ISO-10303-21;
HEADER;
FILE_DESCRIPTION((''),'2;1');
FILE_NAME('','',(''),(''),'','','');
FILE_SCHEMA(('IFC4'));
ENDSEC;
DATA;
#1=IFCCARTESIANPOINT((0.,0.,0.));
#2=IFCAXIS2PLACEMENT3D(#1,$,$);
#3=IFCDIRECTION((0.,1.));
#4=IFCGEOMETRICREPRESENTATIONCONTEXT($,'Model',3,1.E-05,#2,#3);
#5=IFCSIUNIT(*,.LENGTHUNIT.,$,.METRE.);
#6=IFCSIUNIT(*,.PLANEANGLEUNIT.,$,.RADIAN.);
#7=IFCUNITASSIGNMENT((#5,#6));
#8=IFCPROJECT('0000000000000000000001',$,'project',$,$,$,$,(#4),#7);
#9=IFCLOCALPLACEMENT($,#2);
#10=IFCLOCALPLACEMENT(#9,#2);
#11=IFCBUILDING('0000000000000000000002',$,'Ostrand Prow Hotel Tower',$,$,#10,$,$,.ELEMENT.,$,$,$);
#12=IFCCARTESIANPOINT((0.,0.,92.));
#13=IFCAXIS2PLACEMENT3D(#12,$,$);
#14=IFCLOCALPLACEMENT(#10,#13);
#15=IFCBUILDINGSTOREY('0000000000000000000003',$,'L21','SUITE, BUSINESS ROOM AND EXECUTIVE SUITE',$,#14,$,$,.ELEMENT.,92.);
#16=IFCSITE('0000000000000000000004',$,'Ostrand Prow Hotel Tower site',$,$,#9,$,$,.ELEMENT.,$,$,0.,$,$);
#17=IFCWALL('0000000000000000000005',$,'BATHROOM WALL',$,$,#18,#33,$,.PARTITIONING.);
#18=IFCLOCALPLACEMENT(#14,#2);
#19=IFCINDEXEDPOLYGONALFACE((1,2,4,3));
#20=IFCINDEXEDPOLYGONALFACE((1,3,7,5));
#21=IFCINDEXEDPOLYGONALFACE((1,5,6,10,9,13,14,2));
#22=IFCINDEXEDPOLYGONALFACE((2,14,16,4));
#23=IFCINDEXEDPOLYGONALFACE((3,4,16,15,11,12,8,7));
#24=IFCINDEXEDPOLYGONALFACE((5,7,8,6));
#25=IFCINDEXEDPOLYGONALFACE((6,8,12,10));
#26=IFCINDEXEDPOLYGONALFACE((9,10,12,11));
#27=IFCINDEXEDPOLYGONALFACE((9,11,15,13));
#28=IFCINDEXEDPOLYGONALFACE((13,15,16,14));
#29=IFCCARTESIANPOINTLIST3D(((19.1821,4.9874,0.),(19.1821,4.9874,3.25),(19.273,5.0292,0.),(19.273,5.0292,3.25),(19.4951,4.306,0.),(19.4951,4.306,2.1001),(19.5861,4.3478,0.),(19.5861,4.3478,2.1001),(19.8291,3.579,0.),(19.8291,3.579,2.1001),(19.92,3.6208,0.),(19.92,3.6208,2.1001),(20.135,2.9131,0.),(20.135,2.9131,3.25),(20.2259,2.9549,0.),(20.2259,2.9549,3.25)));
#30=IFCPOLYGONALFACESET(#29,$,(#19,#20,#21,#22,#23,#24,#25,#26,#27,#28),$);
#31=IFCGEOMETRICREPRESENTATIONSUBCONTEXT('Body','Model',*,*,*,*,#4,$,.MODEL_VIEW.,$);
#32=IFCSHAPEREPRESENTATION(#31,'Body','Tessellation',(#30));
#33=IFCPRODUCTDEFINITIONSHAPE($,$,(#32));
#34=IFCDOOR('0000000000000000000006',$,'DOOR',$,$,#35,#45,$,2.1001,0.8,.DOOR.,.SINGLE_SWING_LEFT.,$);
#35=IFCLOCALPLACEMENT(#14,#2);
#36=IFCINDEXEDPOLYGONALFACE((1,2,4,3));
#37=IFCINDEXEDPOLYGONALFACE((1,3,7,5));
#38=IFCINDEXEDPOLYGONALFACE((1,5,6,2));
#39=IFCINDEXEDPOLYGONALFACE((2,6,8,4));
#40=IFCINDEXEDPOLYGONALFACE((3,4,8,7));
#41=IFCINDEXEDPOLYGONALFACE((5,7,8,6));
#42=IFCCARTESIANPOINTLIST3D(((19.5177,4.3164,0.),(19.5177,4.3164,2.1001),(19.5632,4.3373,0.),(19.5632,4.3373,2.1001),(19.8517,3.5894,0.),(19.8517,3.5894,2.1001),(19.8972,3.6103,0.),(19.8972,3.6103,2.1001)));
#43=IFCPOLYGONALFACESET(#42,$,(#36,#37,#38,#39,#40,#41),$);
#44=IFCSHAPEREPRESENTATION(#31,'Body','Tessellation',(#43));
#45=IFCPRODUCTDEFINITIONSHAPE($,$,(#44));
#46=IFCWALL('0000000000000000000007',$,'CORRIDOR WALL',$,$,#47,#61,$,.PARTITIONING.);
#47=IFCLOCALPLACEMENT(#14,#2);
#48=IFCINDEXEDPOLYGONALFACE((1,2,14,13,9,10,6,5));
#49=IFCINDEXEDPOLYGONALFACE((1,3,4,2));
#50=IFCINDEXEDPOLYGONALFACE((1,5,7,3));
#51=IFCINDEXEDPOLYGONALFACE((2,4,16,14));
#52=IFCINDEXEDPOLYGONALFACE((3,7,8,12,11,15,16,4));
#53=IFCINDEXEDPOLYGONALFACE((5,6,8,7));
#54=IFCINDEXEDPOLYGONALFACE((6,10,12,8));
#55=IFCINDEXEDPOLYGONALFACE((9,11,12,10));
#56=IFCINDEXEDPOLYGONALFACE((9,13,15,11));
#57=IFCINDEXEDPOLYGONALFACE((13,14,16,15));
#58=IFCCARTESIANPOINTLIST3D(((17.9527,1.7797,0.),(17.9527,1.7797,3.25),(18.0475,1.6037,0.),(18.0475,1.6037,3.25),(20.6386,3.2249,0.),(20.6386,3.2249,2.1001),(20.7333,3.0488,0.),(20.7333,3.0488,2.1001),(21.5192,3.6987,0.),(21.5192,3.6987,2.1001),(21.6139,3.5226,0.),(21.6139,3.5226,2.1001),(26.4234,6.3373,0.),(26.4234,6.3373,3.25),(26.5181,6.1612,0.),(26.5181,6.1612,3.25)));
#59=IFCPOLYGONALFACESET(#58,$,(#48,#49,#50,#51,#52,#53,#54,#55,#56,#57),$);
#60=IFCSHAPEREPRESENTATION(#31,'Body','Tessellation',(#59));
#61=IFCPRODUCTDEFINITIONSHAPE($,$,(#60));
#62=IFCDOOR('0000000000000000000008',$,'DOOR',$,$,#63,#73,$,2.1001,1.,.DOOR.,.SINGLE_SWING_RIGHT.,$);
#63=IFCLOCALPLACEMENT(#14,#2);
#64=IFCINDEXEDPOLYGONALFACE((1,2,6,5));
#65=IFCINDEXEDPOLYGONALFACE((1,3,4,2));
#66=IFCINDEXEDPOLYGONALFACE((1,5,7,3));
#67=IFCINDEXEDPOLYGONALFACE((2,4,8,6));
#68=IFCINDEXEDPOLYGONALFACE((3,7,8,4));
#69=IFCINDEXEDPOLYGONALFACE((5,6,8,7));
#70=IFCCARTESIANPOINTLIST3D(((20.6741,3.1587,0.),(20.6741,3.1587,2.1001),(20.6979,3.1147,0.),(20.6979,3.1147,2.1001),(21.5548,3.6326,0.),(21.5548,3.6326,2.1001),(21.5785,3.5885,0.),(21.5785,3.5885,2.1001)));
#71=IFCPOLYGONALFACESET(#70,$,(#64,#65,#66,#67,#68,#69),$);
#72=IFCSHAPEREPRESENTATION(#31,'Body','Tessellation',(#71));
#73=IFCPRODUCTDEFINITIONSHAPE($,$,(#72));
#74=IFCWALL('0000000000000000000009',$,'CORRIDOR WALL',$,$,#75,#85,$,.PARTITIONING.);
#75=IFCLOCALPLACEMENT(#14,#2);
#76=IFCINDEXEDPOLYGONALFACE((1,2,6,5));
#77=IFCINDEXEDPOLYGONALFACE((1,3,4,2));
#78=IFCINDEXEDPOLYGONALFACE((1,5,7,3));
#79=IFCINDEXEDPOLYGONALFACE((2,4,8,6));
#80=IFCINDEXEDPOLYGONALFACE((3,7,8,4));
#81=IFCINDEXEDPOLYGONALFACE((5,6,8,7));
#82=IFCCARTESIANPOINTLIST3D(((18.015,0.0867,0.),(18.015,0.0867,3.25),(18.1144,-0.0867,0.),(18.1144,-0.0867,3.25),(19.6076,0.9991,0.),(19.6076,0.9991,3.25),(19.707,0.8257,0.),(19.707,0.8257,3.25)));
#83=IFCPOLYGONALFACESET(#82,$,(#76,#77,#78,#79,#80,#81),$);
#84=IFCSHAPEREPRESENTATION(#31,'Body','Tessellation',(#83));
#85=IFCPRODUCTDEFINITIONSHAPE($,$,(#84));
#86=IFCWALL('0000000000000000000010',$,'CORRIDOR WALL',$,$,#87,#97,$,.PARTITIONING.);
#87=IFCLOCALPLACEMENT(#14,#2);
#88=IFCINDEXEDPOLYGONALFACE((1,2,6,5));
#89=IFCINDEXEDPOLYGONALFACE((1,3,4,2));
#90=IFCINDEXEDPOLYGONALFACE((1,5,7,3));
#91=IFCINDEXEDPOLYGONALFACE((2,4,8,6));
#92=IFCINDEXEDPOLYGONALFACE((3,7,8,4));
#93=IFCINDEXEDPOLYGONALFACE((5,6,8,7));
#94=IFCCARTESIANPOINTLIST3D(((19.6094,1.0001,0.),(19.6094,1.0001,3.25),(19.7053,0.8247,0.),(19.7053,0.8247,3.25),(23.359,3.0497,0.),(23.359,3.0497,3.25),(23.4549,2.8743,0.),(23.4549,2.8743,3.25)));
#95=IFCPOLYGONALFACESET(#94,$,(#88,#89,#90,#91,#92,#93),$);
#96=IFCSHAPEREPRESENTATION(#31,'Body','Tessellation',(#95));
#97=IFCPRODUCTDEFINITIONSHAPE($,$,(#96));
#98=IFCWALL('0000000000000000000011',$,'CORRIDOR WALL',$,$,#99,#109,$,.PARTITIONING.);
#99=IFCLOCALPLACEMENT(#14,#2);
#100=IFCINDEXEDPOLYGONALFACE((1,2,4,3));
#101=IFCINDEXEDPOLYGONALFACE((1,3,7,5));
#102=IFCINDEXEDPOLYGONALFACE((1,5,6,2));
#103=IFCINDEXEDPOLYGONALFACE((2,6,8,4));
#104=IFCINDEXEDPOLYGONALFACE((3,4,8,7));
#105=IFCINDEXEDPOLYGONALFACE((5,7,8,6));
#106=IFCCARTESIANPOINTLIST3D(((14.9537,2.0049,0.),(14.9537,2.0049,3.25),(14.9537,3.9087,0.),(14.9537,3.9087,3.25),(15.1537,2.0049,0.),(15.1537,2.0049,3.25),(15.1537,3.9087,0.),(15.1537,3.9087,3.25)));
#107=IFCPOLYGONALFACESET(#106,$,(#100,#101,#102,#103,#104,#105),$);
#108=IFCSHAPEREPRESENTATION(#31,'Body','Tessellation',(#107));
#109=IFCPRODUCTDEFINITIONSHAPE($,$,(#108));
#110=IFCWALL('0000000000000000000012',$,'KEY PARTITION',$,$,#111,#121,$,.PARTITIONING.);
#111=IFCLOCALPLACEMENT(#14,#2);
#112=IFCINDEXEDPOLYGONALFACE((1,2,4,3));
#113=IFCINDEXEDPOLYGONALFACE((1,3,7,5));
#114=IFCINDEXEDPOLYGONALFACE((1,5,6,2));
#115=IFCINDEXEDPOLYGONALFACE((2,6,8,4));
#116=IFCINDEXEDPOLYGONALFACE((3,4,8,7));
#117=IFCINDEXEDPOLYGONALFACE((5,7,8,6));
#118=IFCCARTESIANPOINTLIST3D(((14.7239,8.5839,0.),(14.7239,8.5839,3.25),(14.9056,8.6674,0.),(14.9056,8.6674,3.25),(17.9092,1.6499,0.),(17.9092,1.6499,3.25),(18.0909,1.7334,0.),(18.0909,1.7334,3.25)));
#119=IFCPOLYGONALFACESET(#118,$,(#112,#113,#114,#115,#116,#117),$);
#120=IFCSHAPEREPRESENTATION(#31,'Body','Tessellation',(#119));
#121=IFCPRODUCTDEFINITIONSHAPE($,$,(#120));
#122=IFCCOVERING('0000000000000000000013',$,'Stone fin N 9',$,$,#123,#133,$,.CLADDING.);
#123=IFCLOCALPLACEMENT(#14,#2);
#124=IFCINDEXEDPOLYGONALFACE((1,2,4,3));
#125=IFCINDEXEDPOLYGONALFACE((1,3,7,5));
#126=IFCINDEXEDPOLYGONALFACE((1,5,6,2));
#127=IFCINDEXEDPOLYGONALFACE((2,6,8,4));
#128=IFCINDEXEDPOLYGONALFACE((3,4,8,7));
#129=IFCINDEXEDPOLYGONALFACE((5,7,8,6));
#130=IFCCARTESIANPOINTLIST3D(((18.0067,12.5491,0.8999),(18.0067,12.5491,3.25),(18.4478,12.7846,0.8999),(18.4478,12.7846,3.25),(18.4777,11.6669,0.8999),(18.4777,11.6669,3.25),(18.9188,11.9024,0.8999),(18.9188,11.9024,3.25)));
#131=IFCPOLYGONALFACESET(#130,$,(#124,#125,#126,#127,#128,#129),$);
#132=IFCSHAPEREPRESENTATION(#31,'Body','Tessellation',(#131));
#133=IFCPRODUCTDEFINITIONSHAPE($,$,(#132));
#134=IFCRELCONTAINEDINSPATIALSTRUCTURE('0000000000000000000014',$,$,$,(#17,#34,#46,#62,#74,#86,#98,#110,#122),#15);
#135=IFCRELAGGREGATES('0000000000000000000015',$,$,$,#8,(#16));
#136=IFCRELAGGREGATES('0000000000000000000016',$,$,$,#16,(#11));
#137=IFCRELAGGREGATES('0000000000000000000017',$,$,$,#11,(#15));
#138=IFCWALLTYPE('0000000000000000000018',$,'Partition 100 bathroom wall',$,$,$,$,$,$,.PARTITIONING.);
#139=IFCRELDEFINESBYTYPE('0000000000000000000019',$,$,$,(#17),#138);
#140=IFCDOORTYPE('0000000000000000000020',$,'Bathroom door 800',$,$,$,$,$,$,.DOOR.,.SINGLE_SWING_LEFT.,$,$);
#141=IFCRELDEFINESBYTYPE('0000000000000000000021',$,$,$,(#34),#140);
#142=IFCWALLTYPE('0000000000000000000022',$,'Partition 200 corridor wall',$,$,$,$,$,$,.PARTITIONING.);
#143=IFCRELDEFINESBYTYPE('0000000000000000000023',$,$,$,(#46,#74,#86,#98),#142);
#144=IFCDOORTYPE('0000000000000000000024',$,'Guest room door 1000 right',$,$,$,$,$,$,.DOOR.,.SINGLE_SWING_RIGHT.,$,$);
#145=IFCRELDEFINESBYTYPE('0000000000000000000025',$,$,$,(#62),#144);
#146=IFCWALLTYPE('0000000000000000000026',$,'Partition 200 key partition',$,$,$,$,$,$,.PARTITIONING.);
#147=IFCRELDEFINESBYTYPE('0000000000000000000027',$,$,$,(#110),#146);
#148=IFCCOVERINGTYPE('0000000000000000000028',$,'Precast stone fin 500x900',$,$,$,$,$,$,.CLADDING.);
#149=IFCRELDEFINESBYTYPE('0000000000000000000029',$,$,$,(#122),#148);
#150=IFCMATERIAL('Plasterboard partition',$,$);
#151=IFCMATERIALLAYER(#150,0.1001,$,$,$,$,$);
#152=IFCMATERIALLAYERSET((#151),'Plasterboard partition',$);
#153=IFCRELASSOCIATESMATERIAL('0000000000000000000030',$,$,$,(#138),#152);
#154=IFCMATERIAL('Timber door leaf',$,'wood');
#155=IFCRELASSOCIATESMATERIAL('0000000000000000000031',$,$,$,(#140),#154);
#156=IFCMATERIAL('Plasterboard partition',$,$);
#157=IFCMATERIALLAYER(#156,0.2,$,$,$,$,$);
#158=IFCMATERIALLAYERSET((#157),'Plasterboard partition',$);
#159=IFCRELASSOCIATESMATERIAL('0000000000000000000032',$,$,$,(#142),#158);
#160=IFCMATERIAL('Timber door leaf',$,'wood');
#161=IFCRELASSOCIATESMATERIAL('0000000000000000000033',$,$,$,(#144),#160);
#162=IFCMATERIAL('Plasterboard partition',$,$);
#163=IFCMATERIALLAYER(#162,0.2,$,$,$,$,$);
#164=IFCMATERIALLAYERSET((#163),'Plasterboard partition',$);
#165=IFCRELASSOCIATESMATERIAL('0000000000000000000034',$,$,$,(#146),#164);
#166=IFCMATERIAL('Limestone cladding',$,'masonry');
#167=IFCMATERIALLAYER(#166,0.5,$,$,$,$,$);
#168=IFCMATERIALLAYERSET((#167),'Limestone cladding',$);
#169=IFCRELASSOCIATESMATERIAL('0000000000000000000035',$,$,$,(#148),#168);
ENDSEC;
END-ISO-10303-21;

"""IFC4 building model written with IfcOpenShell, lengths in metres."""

from ifc_helpers import new_model, si_unit, direction, frame, frame_2d, origin, place, context, subcontext, project, spatial, rectangle, extrude, material, layer, layer_set, type_object, element, fill, save


model = new_model("IFC4")

# Units and contexts
model_context = context("Model", 3, precision=1e-05, world=origin(), true_north=direction((0.0, 1.0)))
body_context = subcontext(model_context, "Body", "Model", "MODEL_VIEW")
ifc_project = project(units=[si_unit("LENGTHUNIT", "METRE"), si_unit("PLANEANGLEUNIT", "RADIAN")], contexts=[model_context])

# Site, building, storey
site_placement = place(None, origin())
site = spatial("IfcSite", under=ifc_project, at=site_placement, Name="Ostrand Prow Hotel Tower site", CompositionType="ELEMENT", RefElevation=0.0)
building_placement = place(site_placement, origin())
building = spatial("IfcBuilding", under=site, at=building_placement, Name="Ostrand Prow Hotel Tower", CompositionType="ELEMENT")
storey_placement = place(building_placement, frame((0.0, 0.0, 92.0)))
storey = spatial("IfcBuildingStorey", under=building, at=storey_placement, Name="L21", Description="SUITE, BUSINESS ROOM AND EXECUTIVE SUITE", CompositionType="ELEMENT", Elevation=92.0)

# Shared definitions
ifc_material_1 = material(Name="Plasterboard partition")
ifc_layer_1 = layer(ifc_material_1, 0.1001)
ifc_layer_set_1 = layer_set([ifc_layer_1], Name="Plasterboard partition")
wall_type_1 = type_object("IfcWallType", Name="Partition 100 bathroom wall", PredefinedType="PARTITIONING", material=ifc_layer_set_1)

# Walls, openings, doors
wall_1_placement = place(storey_placement, frame((19.2275, 5.0083, 0.0), z_axis=(0.0, 0.0, 1.0), x_axis=(0.41745, -0.9087, 0.0)))
wall_1 = element("IfcWall", 1, at=wall_1_placement, inside=storey, type_object=wall_type_1, Name="BATHROOM WALL", PredefinedType="PARTITIONING", context=body_context, shape_type="SweptSolid", body=[
    extrude(rectangle(XDim=2.2827, YDim=0.1001, at=frame_2d((1.1414, 0.0))), origin(), (0.0, 0.0, 1.0), 3.25),
])
opening_1_placement = place(wall_1_placement, frame((0.75, 0.0, 0.0)))
opening_1 = element("IfcOpeningElement", 2, at=opening_1_placement, cuts=wall_1, PredefinedType="OPENING", context=body_context, shape_type="SweptSolid", body=[
    extrude(rectangle(XDim=0.8, YDim=2.1001, at=frame_2d((0.3999, 1.05))), frame((0.0, 0.0601, 0.0), z_axis=(0.0, -1.0, 0.0), x_axis=(1.0, 0.0, 0.0)), (0.0, 0.0, 1.0), 0.1201),
])
ifc_material_2 = material(Name="Timber door leaf", Category="wood")
door_type_1 = type_object("IfcDoorType", Name="Bathroom door 800", OperationType="SINGLE_SWING_LEFT", PredefinedType="DOOR", material=ifc_material_2)
door_1_placement = place(opening_1_placement, origin())
door_1 = element("IfcDoor", 3, at=door_1_placement, inside=storey, type_object=door_type_1, Name="DOOR", OperationType="SINGLE_SWING_LEFT", OverallHeight=2.1001, OverallWidth=0.8, PredefinedType="DOOR", context=body_context, shape_type="SweptSolid", body=[
    extrude(rectangle(XDim=0.8, YDim=2.1001, at=frame_2d((0.3999, 1.05))), frame((0.0, 0.0249, 0.0), z_axis=(0.0, -1.0, 0.0), x_axis=(1.0, 0.0, 0.0)), (0.0, 0.0, 1.0), 0.05),
])
fill(opening_1, door_1)
ifc_material_3 = material(Name="Plasterboard partition")
ifc_layer_2 = layer(ifc_material_3, 0.2)
ifc_layer_set_2 = layer_set([ifc_layer_2], Name="Plasterboard partition")
wall_type_2 = type_object("IfcWallType", Name="Partition 200 corridor wall", PredefinedType="PARTITIONING", material=ifc_layer_set_2)
wall_2_placement = place(storey_placement, frame((18.0, 1.6917, 0.0), z_axis=(0.0, 0.0, 1.0), x_axis=(0.880624, 0.473815, 0.0)))
wall_2 = element("IfcWall", 4, at=wall_2_placement, inside=storey, type_object=wall_type_2, Name="CORRIDOR WALL", PredefinedType="PARTITIONING", context=body_context, shape_type="SweptSolid", body=[
    extrude(rectangle(XDim=9.6189, YDim=0.2, at=frame_2d((4.8096, 0.0))), origin(), (0.0, 0.0, 1.0), 3.25),
])
opening_2_placement = place(wall_2_placement, frame((3.05, 0.0, 0.0)))
opening_2 = element("IfcOpeningElement", 5, at=opening_2_placement, cuts=wall_2, PredefinedType="OPENING", context=body_context, shape_type="SweptSolid", body=[
    extrude(rectangle(XDim=1.0, YDim=2.1001, at=frame_2d((0.5, 1.05))), frame((0.0, 0.1099, 0.0), z_axis=(0.0, -1.0, 0.0), x_axis=(1.0, 0.0, 0.0)), (0.0, 0.0, 1.0), 0.22),
])
ifc_material_4 = material(Name="Timber door leaf", Category="wood")
door_type_2 = type_object("IfcDoorType", Name="Guest room door 1000 right", OperationType="SINGLE_SWING_RIGHT", PredefinedType="DOOR", material=ifc_material_4)
door_2_placement = place(opening_2_placement, origin())
door_2 = element("IfcDoor", 6, at=door_2_placement, inside=storey, type_object=door_type_2, Name="DOOR", OperationType="SINGLE_SWING_RIGHT", OverallHeight=2.1001, OverallWidth=1.0, PredefinedType="DOOR", context=body_context, shape_type="SweptSolid", body=[
    extrude(rectangle(XDim=1.0, YDim=2.1001, at=frame_2d((0.5, 1.05))), frame((0.0, 0.0249, 0.0), z_axis=(0.0, -1.0, 0.0), x_axis=(1.0, 0.0, 0.0)), (0.0, 0.0, 1.0), 0.05),
])
fill(opening_2, door_2)

# Walls
wall_3_placement = place(storey_placement, frame((18.0647, 0.0, 0.0), z_axis=(0.0, 0.0, 1.0), x_axis=(0.867694, 0.497098, 0.0)))
element("IfcWall", 7, at=wall_3_placement, inside=storey, type_object=wall_type_2, Name="CORRIDOR WALL", PredefinedType="PARTITIONING", context=body_context, shape_type="SweptSolid", body=[
    extrude(rectangle(XDim=1.8354, YDim=0.2, at=frame_2d((0.9177, 0.0))), origin(), (0.0, 0.0, 1.0), 3.25),
])
wall_4_placement = place(storey_placement, frame((19.6572, 0.9124, 0.0), z_axis=(0.0, 0.0, 1.0), x_axis=(0.877465, 0.479641, 0.0)))
element("IfcWall", 8, at=wall_4_placement, inside=storey, type_object=wall_type_2, Name="CORRIDOR WALL", PredefinedType="PARTITIONING", context=body_context, shape_type="SweptSolid", body=[
    extrude(rectangle(XDim=4.2732, YDim=0.2, at=frame_2d((2.1367, 0.0))), origin(), (0.0, 0.0, 1.0), 3.25),
])
wall_5_placement = place(storey_placement, frame((15.0537, 3.9087, 0.0), z_axis=(0.0, 0.0, 1.0), x_axis=(0.0, -1.0, 0.0)))
element("IfcWall", 9, at=wall_5_placement, inside=storey, type_object=wall_type_2, Name="CORRIDOR WALL", PredefinedType="PARTITIONING", context=body_context, shape_type="SweptSolid", body=[
    extrude(rectangle(XDim=1.9038, YDim=0.2, at=frame_2d((0.9519, 0.0))), origin(), (0.0, 0.0, 1.0), 3.25),
])
ifc_material_5 = material(Name="Plasterboard partition")
ifc_layer_3 = layer(ifc_material_5, 0.2)
ifc_layer_set_3 = layer_set([ifc_layer_3], Name="Plasterboard partition")
wall_type_3 = type_object("IfcWallType", Name="Partition 200 key partition", PredefinedType="PARTITIONING", material=ifc_layer_set_3)
wall_6_placement = place(storey_placement, frame((14.8147, 8.6257, 0.0), z_axis=(0.0, 0.0, 1.0), x_axis=(0.417432, -0.908708, 0.0)))
element("IfcWall", 10, at=wall_6_placement, inside=storey, type_object=wall_type_3, Name="KEY PARTITION", PredefinedType="PARTITIONING", context=body_context, shape_type="SweptSolid", body=[
    extrude(rectangle(XDim=7.6306, YDim=0.2, at=frame_2d((3.8154, 0.0))), origin(), (0.0, 0.0, 1.0), 3.25),
])

# Covering
ifc_material_6 = material(Name="Limestone cladding", Category="masonry")
ifc_layer_4 = layer(ifc_material_6, 0.5)
ifc_layer_set_4 = layer_set([ifc_layer_4], Name="Limestone cladding")
covering_type = type_object("IfcCoveringType", Name="Precast stone fin 500x900", PredefinedType="CLADDING", material=ifc_layer_set_4)
covering_placement = place(storey_placement, frame((18.6982, 11.7847, 0.8999), z_axis=(0.0, 0.0, 1.0), x_axis=(-0.470981, 0.882143, 0.0)))
element("IfcCovering", 11, at=covering_placement, inside=storey, type_object=covering_type, Name="Stone fin N 9", PredefinedType="CLADDING", context=body_context, shape_type="SweptSolid", body=[
    extrude(rectangle(XDim=1.0, YDim=0.5, at=frame_2d((0.5, 0.0))), origin(), (0.0, 0.0, 1.0), 2.3501),
])

save(model, "model.ifc")
